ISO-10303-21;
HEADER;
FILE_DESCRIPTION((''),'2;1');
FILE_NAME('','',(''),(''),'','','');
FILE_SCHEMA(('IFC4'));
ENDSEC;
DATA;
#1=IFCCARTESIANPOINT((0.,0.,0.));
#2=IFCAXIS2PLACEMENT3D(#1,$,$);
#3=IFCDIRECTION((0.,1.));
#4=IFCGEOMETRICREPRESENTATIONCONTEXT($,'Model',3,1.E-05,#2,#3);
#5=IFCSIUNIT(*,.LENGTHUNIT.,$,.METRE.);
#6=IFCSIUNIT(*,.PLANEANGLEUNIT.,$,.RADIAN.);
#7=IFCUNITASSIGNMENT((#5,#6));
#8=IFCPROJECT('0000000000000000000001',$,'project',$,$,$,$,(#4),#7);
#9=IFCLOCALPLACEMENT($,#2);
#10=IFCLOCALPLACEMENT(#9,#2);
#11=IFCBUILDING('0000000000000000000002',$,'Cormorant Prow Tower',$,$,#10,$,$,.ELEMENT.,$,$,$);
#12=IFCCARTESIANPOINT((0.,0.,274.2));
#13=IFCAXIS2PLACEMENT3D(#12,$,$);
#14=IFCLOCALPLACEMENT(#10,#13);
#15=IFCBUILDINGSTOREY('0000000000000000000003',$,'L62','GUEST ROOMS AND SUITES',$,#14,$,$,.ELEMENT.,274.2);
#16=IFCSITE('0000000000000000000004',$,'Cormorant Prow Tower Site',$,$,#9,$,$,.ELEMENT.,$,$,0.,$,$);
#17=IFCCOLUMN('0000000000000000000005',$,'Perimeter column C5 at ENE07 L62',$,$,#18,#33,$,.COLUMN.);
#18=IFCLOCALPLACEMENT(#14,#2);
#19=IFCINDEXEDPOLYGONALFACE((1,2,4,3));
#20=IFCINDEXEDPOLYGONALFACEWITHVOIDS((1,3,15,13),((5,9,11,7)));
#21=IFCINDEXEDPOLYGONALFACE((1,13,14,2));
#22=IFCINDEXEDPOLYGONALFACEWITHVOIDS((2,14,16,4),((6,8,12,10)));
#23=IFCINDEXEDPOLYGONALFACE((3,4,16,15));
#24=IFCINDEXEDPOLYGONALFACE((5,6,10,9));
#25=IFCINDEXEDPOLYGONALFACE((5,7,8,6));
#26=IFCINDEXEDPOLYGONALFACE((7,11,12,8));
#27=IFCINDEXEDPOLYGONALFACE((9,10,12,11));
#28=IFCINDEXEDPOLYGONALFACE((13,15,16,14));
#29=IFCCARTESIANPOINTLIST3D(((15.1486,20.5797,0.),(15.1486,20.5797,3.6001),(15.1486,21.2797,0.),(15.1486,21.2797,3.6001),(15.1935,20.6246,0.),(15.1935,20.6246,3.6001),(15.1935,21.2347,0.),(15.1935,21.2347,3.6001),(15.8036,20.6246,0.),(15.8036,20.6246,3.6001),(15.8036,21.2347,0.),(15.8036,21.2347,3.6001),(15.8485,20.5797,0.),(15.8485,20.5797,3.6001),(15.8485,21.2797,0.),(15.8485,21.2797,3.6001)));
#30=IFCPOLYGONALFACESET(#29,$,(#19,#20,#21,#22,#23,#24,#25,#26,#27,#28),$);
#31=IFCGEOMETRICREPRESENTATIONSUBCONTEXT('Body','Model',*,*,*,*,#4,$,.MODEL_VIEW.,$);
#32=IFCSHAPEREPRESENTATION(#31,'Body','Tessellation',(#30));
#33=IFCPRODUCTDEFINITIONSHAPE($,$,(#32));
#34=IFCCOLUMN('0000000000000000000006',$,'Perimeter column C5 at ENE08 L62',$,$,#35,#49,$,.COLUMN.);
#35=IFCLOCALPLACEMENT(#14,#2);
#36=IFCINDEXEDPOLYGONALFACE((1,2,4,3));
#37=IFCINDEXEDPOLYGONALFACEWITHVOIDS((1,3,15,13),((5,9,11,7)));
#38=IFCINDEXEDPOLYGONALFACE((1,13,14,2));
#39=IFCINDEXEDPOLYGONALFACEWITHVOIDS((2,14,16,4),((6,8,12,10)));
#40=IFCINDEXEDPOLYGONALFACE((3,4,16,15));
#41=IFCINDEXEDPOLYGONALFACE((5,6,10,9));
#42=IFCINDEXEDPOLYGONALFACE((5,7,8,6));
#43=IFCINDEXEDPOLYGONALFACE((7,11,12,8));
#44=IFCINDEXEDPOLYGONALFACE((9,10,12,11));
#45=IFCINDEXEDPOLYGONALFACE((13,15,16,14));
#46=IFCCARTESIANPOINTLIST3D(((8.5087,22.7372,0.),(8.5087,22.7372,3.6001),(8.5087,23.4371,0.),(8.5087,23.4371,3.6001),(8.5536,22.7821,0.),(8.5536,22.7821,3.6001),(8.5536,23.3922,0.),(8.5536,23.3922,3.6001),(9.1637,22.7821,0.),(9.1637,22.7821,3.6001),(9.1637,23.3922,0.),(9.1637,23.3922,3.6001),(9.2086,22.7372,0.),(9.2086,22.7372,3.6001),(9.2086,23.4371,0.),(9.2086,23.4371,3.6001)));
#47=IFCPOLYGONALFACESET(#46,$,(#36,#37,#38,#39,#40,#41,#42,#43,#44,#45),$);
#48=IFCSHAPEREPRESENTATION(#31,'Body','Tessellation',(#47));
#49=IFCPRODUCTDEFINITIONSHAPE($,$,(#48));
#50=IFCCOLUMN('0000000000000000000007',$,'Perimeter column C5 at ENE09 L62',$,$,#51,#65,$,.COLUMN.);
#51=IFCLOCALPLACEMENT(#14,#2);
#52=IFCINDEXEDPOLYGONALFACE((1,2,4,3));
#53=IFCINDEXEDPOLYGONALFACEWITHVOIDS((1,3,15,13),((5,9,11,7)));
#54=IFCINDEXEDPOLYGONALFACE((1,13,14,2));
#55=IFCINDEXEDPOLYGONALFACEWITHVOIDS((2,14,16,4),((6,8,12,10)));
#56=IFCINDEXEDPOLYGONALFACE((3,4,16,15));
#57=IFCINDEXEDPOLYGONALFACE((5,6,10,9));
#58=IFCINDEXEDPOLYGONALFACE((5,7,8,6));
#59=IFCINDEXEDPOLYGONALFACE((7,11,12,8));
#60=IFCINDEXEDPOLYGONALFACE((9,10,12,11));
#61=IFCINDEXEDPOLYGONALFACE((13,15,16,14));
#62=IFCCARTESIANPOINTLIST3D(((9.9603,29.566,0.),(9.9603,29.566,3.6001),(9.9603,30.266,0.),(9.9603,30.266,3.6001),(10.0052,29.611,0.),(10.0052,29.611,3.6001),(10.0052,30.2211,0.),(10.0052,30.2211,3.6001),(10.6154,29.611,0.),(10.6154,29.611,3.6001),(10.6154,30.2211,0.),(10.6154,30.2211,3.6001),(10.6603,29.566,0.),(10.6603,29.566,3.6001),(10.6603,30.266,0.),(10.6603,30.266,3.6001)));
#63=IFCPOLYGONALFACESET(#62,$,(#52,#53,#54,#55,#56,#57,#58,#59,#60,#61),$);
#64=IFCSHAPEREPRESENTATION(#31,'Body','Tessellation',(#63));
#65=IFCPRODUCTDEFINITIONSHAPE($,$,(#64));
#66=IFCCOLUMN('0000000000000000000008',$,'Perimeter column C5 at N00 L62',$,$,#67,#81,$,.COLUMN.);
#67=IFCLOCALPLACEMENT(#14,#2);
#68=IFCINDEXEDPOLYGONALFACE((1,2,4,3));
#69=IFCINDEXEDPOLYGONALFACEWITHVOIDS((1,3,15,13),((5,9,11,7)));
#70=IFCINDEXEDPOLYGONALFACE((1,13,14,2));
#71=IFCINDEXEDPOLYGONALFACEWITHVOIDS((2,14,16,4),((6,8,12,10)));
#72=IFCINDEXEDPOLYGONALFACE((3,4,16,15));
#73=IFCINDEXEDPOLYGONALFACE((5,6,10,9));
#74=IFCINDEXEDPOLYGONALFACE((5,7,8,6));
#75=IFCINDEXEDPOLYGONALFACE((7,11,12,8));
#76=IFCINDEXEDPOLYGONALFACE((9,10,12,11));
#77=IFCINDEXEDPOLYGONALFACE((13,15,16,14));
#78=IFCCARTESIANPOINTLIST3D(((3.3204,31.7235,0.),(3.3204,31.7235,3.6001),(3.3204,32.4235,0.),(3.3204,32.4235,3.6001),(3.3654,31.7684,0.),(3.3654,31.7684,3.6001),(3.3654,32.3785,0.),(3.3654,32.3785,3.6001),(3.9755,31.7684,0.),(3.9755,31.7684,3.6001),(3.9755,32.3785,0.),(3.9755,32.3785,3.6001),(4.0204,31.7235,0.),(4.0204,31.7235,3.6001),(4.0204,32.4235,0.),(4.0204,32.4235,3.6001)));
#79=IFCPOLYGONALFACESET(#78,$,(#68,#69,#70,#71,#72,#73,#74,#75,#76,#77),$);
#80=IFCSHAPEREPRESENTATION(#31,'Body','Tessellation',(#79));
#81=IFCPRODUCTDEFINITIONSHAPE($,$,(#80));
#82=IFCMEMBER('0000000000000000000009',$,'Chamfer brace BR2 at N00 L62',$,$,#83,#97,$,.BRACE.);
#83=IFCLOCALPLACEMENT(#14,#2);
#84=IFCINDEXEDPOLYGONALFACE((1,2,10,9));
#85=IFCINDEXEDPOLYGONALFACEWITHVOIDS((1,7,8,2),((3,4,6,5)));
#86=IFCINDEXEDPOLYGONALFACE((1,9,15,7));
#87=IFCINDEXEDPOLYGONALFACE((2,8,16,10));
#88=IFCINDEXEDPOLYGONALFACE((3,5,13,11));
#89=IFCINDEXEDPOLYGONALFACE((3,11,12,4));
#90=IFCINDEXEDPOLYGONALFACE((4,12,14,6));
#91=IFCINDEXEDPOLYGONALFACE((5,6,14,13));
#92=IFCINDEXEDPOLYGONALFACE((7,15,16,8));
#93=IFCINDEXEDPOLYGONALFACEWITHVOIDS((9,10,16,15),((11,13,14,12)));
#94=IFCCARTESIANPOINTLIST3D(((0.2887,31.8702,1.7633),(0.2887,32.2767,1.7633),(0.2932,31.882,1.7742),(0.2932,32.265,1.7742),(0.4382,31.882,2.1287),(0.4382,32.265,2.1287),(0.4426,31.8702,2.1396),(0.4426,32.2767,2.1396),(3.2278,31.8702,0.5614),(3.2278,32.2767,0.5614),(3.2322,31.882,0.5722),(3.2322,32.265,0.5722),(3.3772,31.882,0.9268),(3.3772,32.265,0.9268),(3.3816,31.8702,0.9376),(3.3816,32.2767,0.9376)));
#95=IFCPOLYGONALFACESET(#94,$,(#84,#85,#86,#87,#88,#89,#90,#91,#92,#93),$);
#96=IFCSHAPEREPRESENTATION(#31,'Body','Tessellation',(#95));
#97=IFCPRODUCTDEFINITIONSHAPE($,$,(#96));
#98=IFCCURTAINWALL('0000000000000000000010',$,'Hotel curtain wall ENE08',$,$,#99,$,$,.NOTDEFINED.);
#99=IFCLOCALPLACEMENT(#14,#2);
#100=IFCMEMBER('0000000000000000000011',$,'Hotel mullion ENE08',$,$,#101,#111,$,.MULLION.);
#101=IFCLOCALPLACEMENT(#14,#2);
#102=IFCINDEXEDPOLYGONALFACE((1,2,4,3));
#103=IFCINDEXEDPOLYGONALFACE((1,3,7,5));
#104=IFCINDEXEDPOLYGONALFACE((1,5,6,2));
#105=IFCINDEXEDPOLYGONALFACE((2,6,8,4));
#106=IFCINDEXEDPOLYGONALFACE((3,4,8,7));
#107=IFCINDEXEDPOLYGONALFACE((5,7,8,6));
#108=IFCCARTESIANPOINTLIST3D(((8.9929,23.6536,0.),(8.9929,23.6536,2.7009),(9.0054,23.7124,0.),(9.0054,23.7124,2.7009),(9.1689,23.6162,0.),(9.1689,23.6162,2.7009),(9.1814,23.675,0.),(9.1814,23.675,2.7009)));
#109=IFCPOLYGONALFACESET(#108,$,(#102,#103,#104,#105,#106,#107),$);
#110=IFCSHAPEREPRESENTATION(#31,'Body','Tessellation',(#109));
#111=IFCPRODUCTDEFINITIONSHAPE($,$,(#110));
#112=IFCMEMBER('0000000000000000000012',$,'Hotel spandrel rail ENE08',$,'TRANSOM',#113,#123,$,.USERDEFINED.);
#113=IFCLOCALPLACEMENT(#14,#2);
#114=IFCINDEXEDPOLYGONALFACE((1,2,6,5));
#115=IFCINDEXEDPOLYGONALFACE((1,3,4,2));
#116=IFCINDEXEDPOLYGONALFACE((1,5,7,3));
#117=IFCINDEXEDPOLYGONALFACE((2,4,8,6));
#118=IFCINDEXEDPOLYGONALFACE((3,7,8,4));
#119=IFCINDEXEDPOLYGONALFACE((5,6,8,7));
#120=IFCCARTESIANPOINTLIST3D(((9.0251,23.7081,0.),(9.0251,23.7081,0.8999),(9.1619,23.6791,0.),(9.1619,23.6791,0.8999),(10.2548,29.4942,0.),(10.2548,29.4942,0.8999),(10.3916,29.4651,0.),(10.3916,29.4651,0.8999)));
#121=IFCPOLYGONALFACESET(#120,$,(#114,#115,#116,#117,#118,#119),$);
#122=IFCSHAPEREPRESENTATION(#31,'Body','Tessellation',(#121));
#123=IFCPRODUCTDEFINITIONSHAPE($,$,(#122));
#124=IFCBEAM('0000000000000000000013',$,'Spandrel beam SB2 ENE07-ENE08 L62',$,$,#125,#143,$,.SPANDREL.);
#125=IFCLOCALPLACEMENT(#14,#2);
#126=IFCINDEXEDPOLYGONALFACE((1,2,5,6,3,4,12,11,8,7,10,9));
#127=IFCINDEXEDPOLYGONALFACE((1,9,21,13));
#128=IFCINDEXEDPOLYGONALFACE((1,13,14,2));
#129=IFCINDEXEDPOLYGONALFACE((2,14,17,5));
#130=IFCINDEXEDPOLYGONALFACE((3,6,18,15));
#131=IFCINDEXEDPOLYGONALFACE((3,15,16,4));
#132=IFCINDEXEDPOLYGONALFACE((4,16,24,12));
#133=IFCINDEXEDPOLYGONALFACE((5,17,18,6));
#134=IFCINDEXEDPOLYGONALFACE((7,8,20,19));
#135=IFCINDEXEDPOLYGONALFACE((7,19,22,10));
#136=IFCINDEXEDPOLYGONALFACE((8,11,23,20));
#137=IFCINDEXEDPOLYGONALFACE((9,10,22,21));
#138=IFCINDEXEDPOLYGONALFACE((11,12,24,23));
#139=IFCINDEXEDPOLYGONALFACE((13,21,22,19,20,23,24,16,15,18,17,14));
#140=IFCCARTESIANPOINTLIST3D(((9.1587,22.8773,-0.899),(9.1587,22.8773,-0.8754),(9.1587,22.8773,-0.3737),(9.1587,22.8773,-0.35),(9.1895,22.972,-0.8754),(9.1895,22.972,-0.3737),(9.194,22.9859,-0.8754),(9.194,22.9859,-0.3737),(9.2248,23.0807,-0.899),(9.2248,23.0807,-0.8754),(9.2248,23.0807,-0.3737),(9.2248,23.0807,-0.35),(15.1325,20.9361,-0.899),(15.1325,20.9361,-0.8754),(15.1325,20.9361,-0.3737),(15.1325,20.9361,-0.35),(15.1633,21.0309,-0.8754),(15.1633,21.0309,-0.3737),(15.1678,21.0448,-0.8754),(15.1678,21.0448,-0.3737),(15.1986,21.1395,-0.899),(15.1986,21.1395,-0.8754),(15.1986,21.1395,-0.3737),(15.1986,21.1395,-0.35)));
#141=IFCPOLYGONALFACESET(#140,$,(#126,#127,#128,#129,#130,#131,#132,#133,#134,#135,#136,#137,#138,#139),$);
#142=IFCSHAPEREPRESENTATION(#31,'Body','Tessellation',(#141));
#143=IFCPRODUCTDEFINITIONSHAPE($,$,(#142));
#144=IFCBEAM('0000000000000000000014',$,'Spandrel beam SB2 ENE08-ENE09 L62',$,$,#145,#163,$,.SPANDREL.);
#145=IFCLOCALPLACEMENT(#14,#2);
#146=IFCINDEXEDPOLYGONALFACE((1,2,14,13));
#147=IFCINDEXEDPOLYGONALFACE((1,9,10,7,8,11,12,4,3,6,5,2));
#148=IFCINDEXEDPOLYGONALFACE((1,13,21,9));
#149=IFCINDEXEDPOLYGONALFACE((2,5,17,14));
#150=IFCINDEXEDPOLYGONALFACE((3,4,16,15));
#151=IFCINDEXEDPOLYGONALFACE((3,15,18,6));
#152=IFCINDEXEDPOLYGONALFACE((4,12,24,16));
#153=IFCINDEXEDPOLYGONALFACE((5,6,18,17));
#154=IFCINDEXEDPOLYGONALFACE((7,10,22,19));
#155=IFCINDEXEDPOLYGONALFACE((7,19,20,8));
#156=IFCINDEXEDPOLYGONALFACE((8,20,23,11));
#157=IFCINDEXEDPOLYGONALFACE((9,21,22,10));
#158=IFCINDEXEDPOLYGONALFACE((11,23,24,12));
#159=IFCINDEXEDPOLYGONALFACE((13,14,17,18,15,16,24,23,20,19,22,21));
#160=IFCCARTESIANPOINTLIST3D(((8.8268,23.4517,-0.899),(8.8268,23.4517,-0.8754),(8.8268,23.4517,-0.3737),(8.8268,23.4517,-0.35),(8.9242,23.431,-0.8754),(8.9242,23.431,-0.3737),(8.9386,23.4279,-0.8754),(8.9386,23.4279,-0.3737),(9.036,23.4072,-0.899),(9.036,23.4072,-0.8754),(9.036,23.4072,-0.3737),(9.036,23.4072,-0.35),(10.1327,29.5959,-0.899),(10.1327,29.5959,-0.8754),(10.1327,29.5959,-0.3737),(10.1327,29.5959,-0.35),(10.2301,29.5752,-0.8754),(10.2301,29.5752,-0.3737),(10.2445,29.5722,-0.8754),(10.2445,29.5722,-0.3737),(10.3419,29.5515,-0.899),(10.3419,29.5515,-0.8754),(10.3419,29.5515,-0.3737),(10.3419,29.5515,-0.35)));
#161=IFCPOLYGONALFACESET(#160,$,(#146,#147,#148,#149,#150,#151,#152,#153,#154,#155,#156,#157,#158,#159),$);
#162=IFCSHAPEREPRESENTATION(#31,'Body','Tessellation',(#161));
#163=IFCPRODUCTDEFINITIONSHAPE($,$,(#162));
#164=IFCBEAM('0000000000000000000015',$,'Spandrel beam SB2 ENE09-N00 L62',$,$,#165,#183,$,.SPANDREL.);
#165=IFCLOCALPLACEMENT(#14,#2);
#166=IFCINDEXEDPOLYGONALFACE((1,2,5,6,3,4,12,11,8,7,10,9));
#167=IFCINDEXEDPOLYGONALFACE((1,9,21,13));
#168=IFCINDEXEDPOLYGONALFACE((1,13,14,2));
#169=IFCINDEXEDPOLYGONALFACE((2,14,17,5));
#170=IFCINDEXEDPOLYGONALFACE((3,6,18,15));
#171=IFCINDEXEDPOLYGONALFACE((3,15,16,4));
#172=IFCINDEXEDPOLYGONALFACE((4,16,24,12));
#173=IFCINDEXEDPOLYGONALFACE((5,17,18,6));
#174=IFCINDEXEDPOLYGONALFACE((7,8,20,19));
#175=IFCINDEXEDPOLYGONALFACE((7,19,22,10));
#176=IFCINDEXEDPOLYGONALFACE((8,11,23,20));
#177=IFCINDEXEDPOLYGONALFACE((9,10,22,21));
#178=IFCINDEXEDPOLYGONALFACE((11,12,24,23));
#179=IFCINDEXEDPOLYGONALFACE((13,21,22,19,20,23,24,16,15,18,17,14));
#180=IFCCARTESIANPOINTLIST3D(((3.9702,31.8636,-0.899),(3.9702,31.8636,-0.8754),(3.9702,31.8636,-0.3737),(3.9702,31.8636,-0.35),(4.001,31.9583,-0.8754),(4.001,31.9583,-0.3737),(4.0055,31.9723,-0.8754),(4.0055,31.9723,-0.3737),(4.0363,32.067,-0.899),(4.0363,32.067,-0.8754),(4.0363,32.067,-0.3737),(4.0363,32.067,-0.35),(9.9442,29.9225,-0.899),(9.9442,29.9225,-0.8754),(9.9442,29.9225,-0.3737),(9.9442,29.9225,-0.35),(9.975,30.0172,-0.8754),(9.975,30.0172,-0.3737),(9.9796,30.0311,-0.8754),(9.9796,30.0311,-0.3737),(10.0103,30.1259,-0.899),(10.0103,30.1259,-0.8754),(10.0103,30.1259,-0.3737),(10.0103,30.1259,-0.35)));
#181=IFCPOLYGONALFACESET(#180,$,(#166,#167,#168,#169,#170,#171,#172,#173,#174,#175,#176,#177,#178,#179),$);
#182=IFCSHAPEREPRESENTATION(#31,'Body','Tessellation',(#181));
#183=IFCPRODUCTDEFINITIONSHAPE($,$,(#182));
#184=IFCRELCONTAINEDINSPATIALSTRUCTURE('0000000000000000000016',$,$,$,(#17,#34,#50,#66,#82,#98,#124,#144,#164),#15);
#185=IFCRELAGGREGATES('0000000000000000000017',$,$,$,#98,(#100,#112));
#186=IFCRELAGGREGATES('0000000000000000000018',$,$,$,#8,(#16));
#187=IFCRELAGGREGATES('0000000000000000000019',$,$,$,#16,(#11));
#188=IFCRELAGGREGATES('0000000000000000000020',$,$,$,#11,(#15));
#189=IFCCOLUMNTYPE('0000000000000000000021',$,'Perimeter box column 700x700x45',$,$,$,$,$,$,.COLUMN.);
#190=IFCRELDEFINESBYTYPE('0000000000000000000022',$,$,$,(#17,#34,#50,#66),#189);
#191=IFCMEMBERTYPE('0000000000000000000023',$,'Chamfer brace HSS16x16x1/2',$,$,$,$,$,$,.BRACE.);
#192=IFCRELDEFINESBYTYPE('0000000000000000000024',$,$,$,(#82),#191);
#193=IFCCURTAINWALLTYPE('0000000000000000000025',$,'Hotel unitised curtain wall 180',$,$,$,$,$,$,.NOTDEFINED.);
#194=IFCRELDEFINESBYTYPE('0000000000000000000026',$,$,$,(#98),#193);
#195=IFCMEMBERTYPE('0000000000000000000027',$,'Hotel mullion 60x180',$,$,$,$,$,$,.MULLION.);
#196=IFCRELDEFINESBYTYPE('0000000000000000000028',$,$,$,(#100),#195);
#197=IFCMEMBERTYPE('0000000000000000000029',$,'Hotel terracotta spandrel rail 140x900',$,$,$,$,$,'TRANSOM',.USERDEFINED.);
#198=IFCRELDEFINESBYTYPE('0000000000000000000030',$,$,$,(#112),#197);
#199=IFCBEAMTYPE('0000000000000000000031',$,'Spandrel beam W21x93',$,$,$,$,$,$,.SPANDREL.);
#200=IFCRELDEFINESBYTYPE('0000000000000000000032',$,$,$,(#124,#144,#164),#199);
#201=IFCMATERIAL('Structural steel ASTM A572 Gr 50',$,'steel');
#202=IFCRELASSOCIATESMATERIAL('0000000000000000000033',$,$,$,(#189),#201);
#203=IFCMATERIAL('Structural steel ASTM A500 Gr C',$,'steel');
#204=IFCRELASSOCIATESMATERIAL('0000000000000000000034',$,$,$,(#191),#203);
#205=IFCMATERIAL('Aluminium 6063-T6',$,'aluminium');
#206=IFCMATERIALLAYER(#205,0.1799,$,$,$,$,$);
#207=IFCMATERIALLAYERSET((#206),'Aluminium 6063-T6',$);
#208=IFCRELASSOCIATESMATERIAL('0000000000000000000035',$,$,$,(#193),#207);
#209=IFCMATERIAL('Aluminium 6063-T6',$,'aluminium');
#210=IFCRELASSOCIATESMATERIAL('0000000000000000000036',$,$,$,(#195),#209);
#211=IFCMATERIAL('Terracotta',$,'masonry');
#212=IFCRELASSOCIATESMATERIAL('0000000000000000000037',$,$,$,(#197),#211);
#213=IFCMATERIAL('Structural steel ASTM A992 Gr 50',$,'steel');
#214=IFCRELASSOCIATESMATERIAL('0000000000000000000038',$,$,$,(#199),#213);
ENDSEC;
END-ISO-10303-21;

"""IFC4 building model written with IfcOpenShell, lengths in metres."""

from ifc_helpers import new_model, si_unit, direction, frame, origin, origin_2d, place, context, subcontext, project, spatial, rectangle, hollow_rectangle, i_section, extrude, material, layer, layer_set, material_profile, profile_set, type_object, element, aggregate, save


model = new_model("IFC4")

# Units and contexts
model_context = context("Model", 3, precision=1e-05, world=origin(), true_north=direction((0.0, 1.0)))
body_context = subcontext(model_context, "Body", "Model", "MODEL_VIEW")
ifc_project = project(units=[si_unit("LENGTHUNIT", "METRE"), si_unit("PLANEANGLEUNIT", "RADIAN")], contexts=[model_context])

# Site, building, storey
site_placement = place(None, origin())
site = spatial("IfcSite", under=ifc_project, at=site_placement, Name="Cormorant Prow Tower Site", CompositionType="ELEMENT", RefElevation=0.0)
building_placement = place(site_placement, origin())
building = spatial("IfcBuilding", under=site, at=building_placement, Name="Cormorant Prow Tower", CompositionType="ELEMENT")
storey_placement = place(building_placement, frame((0.0, 0.0, 274.2)))
storey = spatial("IfcBuildingStorey", under=building, at=storey_placement, Name="L62", Description="GUEST ROOMS AND SUITES", CompositionType="ELEMENT", Elevation=274.2)

# Columns
ifc_material_1 = material(Name="Structural steel ASTM A572 Gr 50", Category="steel")
ifc_material_profile_1 = material_profile(ifc_material_1, hollow_rectangle(XDim=0.7, YDim=0.7, WallThickness=0.0449, at=origin_2d()), Name="Box 700x700x45")
ifc_profile_set_1 = profile_set([ifc_material_profile_1], Name="Structural steel ASTM A572 Gr 50")
column_type = type_object("IfcColumnType", Name="Perimeter box column 700x700x45", PredefinedType="COLUMN", material=ifc_profile_set_1)
for number, where, z_axis, x_axis, name in (
    (1, (15.4985, 20.9297, 0.0), (0.0, 0.0, 1.0), (1.0, 0.0, 0.0), "Perimeter column C5 at ENE07 L62"),
    (2, (8.8586, 23.0872, 0.0), (0.0, 0.0, 1.0), (1.0, 0.0, 0.0), "Perimeter column C5 at ENE08 L62"),
    (3, (10.3103, 29.916, 0.0), (0.0, 0.0, 1.0), (1.0, 0.0, 0.0), "Perimeter column C5 at ENE09 L62"),
    (4, (3.6704, 32.0735, 0.0), (0.0, 0.0, 1.0), (1.0, 0.0, 0.0), "Perimeter column C5 at N00 L62"),
):
    element("IfcColumn", number, at=place(storey_placement, frame(where, z_axis=z_axis, x_axis=x_axis)), inside=storey, type_object=column_type, Name=name, PredefinedType="COLUMN", context=body_context, shape_type="SweptSolid", body=[
        extrude(hollow_rectangle(XDim=0.7, YDim=0.7, WallThickness=0.0449, at=origin_2d()), origin(), (0.0, 0.0, 1.0), 3.6001),
    ])

# Member
ifc_material_2 = material(Name="Structural steel ASTM A500 Gr C", Category="steel")
ifc_material_profile_2 = material_profile(ifc_material_2, hollow_rectangle(XDim=0.4065, YDim=0.4065, WallThickness=0.0117, at=origin_2d()), Name="HSS16x16x1/2")
ifc_profile_set_2 = profile_set([ifc_material_profile_2], Name="Structural steel ASTM A500 Gr C")
member_type_1 = type_object("IfcMemberType", Name="Chamfer brace HSS16x16x1/2", PredefinedType="BRACE", material=ifc_profile_set_2)
member_1_placement = place(storey_placement, frame((3.3047, 32.0735, 0.7495), z_axis=(-0.925591, 0.0, 0.378525), x_axis=(0.0, -1.0, 0.0)))
element("IfcMember", 5, at=member_1_placement, inside=storey, type_object=member_type_1, Name="Chamfer brace BR2 at N00 L62", PredefinedType="BRACE", context=body_context, shape_type="SweptSolid", body=[
    extrude(hollow_rectangle(XDim=0.4065, YDim=0.4065, WallThickness=0.0117, at=origin_2d()), origin(), (0.0, 0.0, 1.0), 3.1753),
])

# Curtain wall, members
ifc_material_3 = material(Name="Aluminium 6063-T6", Category="aluminium")
ifc_layer_1 = layer(ifc_material_3, 0.1799)
ifc_layer_set_1 = layer_set([ifc_layer_1], Name="Aluminium 6063-T6")
curtain_wall_type = type_object("IfcCurtainWallType", Name="Hotel unitised curtain wall 180", PredefinedType="NOTDEFINED", material=ifc_layer_set_1)
curtain_wall_1_placement = place(storey_placement, origin())
curtain_wall_1 = element("IfcCurtainWall", 6, at=curtain_wall_1_placement, inside=storey, type_object=curtain_wall_type, Name="Hotel curtain wall ENE08", PredefinedType="NOTDEFINED")
ifc_material_4 = material(Name="Aluminium 6063-T6", Category="aluminium")
ifc_material_profile_3 = material_profile(ifc_material_4, rectangle(XDim=0.1799, YDim=0.0601, at=origin_2d()), Name="Hotel mullion 60x180")
ifc_profile_set_3 = profile_set([ifc_material_profile_3], Name="Aluminium 6063-T6")
member_type_2 = type_object("IfcMemberType", Name="Hotel mullion 60x180", PredefinedType="MULLION", material=ifc_profile_set_3)
member_2_placement = place(storey_placement, frame((9.0872, 23.6643, 0.0), z_axis=(0.0, 0.0, 1.0), x_axis=(-0.978148, 0.207912, 0.0)))
member_2 = element("IfcMember", 7, at=member_2_placement, type_object=member_type_2, Name="Hotel mullion ENE08", PredefinedType="MULLION", context=body_context, shape_type="SweptSolid", body=[
    extrude(rectangle(XDim=0.1799, YDim=0.0601, at=origin_2d()), origin(), (0.0, 0.0, 1.0), 2.7009),
])
ifc_material_5 = material(Name="Terracotta", Category="masonry")
ifc_material_profile_4 = material_profile(ifc_material_5, rectangle(XDim=0.1399, YDim=0.8999, at=origin_2d()), Name="Hotel terracotta spandrel rail 140x900")
ifc_profile_set_4 = profile_set([ifc_material_profile_4], Name="Terracotta")
member_type_3 = type_object("IfcMemberType", Name="Hotel terracotta spandrel rail 140x900", ElementType="TRANSOM", PredefinedType="USERDEFINED", material=ifc_profile_set_4)
member_3_placement = place(storey_placement, frame((9.0935, 23.6936, 0.45), z_axis=(0.207888, 0.978153, 0.0), x_axis=(-0.978153, 0.207888, 0.0)))
member_3 = element("IfcMember", 8, at=member_3_placement, type_object=member_type_3, Name="Hotel spandrel rail ENE08", ObjectType="TRANSOM", PredefinedType="USERDEFINED", context=body_context, shape_type="SweptSolid", body=[
    extrude(rectangle(XDim=0.1399, YDim=0.8999, at=origin_2d()), origin(), (0.0, 0.0, 1.0), 5.9153),
])

# Beams
ifc_material_6 = material(Name="Structural steel ASTM A992 Gr 50", Category="steel")
ifc_material_profile_5 = material_profile(ifc_material_6, i_section(OverallWidth=0.2139, OverallDepth=0.5491, WebThickness=0.0146, FlangeThickness=0.0237, at=origin_2d()), Name="W21x93")
ifc_profile_set_5 = profile_set([ifc_material_profile_5], Name="Structural steel ASTM A992 Gr 50")
beam_type = type_object("IfcBeamType", Name="Spandrel beam W21x93", PredefinedType="SPANDREL", material=ifc_profile_set_5)
beam_1_placement = place(storey_placement, frame((15.1655, 21.0378, -0.6245), z_axis=(-0.95105, 0.309036, 0.0), x_axis=(-0.309036, -0.95105, 0.0)))
element("IfcBeam", 9, at=beam_1_placement, inside=storey, type_object=beam_type, Name="Spandrel beam SB2 ENE07-ENE08 L62", PredefinedType="SPANDREL", context=body_context, shape_type="SweptSolid", body=[
    extrude(i_section(OverallWidth=0.2139, OverallDepth=0.5491, WebThickness=0.0146, FlangeThickness=0.0237, at=origin_2d()), origin(), (0.0, 0.0, 1.0), 6.2812),
])
for number, where, z_axis, x_axis, name in (
    (10, (8.9314, 23.4294, -0.6245), (0.207896, 0.978151, 0.0), (-0.978151, 0.207896, 0.0), "Spandrel beam SB2 ENE08-ENE09 L62"),
    (11, (9.9773, 30.0242, -0.6245), (-0.951054, 0.309025, 0.0), (-0.309025, -0.951054, 0.0), "Spandrel beam SB2 ENE09-N00 L62"),
):
    element("IfcBeam", number, at=place(storey_placement, frame(where, z_axis=z_axis, x_axis=x_axis)), inside=storey, type_object=beam_type, Name=name, PredefinedType="SPANDREL", context=body_context, shape_type="SweptSolid", body=[
        extrude(i_section(OverallWidth=0.2139, OverallDepth=0.5491, WebThickness=0.0146, FlangeThickness=0.0237, at=origin_2d()), origin(), (0.0, 0.0, 1.0), 6.2815),
    ])

aggregate(curtain_wall_1, [member_2, member_3])

save(model, "model.ifc")
